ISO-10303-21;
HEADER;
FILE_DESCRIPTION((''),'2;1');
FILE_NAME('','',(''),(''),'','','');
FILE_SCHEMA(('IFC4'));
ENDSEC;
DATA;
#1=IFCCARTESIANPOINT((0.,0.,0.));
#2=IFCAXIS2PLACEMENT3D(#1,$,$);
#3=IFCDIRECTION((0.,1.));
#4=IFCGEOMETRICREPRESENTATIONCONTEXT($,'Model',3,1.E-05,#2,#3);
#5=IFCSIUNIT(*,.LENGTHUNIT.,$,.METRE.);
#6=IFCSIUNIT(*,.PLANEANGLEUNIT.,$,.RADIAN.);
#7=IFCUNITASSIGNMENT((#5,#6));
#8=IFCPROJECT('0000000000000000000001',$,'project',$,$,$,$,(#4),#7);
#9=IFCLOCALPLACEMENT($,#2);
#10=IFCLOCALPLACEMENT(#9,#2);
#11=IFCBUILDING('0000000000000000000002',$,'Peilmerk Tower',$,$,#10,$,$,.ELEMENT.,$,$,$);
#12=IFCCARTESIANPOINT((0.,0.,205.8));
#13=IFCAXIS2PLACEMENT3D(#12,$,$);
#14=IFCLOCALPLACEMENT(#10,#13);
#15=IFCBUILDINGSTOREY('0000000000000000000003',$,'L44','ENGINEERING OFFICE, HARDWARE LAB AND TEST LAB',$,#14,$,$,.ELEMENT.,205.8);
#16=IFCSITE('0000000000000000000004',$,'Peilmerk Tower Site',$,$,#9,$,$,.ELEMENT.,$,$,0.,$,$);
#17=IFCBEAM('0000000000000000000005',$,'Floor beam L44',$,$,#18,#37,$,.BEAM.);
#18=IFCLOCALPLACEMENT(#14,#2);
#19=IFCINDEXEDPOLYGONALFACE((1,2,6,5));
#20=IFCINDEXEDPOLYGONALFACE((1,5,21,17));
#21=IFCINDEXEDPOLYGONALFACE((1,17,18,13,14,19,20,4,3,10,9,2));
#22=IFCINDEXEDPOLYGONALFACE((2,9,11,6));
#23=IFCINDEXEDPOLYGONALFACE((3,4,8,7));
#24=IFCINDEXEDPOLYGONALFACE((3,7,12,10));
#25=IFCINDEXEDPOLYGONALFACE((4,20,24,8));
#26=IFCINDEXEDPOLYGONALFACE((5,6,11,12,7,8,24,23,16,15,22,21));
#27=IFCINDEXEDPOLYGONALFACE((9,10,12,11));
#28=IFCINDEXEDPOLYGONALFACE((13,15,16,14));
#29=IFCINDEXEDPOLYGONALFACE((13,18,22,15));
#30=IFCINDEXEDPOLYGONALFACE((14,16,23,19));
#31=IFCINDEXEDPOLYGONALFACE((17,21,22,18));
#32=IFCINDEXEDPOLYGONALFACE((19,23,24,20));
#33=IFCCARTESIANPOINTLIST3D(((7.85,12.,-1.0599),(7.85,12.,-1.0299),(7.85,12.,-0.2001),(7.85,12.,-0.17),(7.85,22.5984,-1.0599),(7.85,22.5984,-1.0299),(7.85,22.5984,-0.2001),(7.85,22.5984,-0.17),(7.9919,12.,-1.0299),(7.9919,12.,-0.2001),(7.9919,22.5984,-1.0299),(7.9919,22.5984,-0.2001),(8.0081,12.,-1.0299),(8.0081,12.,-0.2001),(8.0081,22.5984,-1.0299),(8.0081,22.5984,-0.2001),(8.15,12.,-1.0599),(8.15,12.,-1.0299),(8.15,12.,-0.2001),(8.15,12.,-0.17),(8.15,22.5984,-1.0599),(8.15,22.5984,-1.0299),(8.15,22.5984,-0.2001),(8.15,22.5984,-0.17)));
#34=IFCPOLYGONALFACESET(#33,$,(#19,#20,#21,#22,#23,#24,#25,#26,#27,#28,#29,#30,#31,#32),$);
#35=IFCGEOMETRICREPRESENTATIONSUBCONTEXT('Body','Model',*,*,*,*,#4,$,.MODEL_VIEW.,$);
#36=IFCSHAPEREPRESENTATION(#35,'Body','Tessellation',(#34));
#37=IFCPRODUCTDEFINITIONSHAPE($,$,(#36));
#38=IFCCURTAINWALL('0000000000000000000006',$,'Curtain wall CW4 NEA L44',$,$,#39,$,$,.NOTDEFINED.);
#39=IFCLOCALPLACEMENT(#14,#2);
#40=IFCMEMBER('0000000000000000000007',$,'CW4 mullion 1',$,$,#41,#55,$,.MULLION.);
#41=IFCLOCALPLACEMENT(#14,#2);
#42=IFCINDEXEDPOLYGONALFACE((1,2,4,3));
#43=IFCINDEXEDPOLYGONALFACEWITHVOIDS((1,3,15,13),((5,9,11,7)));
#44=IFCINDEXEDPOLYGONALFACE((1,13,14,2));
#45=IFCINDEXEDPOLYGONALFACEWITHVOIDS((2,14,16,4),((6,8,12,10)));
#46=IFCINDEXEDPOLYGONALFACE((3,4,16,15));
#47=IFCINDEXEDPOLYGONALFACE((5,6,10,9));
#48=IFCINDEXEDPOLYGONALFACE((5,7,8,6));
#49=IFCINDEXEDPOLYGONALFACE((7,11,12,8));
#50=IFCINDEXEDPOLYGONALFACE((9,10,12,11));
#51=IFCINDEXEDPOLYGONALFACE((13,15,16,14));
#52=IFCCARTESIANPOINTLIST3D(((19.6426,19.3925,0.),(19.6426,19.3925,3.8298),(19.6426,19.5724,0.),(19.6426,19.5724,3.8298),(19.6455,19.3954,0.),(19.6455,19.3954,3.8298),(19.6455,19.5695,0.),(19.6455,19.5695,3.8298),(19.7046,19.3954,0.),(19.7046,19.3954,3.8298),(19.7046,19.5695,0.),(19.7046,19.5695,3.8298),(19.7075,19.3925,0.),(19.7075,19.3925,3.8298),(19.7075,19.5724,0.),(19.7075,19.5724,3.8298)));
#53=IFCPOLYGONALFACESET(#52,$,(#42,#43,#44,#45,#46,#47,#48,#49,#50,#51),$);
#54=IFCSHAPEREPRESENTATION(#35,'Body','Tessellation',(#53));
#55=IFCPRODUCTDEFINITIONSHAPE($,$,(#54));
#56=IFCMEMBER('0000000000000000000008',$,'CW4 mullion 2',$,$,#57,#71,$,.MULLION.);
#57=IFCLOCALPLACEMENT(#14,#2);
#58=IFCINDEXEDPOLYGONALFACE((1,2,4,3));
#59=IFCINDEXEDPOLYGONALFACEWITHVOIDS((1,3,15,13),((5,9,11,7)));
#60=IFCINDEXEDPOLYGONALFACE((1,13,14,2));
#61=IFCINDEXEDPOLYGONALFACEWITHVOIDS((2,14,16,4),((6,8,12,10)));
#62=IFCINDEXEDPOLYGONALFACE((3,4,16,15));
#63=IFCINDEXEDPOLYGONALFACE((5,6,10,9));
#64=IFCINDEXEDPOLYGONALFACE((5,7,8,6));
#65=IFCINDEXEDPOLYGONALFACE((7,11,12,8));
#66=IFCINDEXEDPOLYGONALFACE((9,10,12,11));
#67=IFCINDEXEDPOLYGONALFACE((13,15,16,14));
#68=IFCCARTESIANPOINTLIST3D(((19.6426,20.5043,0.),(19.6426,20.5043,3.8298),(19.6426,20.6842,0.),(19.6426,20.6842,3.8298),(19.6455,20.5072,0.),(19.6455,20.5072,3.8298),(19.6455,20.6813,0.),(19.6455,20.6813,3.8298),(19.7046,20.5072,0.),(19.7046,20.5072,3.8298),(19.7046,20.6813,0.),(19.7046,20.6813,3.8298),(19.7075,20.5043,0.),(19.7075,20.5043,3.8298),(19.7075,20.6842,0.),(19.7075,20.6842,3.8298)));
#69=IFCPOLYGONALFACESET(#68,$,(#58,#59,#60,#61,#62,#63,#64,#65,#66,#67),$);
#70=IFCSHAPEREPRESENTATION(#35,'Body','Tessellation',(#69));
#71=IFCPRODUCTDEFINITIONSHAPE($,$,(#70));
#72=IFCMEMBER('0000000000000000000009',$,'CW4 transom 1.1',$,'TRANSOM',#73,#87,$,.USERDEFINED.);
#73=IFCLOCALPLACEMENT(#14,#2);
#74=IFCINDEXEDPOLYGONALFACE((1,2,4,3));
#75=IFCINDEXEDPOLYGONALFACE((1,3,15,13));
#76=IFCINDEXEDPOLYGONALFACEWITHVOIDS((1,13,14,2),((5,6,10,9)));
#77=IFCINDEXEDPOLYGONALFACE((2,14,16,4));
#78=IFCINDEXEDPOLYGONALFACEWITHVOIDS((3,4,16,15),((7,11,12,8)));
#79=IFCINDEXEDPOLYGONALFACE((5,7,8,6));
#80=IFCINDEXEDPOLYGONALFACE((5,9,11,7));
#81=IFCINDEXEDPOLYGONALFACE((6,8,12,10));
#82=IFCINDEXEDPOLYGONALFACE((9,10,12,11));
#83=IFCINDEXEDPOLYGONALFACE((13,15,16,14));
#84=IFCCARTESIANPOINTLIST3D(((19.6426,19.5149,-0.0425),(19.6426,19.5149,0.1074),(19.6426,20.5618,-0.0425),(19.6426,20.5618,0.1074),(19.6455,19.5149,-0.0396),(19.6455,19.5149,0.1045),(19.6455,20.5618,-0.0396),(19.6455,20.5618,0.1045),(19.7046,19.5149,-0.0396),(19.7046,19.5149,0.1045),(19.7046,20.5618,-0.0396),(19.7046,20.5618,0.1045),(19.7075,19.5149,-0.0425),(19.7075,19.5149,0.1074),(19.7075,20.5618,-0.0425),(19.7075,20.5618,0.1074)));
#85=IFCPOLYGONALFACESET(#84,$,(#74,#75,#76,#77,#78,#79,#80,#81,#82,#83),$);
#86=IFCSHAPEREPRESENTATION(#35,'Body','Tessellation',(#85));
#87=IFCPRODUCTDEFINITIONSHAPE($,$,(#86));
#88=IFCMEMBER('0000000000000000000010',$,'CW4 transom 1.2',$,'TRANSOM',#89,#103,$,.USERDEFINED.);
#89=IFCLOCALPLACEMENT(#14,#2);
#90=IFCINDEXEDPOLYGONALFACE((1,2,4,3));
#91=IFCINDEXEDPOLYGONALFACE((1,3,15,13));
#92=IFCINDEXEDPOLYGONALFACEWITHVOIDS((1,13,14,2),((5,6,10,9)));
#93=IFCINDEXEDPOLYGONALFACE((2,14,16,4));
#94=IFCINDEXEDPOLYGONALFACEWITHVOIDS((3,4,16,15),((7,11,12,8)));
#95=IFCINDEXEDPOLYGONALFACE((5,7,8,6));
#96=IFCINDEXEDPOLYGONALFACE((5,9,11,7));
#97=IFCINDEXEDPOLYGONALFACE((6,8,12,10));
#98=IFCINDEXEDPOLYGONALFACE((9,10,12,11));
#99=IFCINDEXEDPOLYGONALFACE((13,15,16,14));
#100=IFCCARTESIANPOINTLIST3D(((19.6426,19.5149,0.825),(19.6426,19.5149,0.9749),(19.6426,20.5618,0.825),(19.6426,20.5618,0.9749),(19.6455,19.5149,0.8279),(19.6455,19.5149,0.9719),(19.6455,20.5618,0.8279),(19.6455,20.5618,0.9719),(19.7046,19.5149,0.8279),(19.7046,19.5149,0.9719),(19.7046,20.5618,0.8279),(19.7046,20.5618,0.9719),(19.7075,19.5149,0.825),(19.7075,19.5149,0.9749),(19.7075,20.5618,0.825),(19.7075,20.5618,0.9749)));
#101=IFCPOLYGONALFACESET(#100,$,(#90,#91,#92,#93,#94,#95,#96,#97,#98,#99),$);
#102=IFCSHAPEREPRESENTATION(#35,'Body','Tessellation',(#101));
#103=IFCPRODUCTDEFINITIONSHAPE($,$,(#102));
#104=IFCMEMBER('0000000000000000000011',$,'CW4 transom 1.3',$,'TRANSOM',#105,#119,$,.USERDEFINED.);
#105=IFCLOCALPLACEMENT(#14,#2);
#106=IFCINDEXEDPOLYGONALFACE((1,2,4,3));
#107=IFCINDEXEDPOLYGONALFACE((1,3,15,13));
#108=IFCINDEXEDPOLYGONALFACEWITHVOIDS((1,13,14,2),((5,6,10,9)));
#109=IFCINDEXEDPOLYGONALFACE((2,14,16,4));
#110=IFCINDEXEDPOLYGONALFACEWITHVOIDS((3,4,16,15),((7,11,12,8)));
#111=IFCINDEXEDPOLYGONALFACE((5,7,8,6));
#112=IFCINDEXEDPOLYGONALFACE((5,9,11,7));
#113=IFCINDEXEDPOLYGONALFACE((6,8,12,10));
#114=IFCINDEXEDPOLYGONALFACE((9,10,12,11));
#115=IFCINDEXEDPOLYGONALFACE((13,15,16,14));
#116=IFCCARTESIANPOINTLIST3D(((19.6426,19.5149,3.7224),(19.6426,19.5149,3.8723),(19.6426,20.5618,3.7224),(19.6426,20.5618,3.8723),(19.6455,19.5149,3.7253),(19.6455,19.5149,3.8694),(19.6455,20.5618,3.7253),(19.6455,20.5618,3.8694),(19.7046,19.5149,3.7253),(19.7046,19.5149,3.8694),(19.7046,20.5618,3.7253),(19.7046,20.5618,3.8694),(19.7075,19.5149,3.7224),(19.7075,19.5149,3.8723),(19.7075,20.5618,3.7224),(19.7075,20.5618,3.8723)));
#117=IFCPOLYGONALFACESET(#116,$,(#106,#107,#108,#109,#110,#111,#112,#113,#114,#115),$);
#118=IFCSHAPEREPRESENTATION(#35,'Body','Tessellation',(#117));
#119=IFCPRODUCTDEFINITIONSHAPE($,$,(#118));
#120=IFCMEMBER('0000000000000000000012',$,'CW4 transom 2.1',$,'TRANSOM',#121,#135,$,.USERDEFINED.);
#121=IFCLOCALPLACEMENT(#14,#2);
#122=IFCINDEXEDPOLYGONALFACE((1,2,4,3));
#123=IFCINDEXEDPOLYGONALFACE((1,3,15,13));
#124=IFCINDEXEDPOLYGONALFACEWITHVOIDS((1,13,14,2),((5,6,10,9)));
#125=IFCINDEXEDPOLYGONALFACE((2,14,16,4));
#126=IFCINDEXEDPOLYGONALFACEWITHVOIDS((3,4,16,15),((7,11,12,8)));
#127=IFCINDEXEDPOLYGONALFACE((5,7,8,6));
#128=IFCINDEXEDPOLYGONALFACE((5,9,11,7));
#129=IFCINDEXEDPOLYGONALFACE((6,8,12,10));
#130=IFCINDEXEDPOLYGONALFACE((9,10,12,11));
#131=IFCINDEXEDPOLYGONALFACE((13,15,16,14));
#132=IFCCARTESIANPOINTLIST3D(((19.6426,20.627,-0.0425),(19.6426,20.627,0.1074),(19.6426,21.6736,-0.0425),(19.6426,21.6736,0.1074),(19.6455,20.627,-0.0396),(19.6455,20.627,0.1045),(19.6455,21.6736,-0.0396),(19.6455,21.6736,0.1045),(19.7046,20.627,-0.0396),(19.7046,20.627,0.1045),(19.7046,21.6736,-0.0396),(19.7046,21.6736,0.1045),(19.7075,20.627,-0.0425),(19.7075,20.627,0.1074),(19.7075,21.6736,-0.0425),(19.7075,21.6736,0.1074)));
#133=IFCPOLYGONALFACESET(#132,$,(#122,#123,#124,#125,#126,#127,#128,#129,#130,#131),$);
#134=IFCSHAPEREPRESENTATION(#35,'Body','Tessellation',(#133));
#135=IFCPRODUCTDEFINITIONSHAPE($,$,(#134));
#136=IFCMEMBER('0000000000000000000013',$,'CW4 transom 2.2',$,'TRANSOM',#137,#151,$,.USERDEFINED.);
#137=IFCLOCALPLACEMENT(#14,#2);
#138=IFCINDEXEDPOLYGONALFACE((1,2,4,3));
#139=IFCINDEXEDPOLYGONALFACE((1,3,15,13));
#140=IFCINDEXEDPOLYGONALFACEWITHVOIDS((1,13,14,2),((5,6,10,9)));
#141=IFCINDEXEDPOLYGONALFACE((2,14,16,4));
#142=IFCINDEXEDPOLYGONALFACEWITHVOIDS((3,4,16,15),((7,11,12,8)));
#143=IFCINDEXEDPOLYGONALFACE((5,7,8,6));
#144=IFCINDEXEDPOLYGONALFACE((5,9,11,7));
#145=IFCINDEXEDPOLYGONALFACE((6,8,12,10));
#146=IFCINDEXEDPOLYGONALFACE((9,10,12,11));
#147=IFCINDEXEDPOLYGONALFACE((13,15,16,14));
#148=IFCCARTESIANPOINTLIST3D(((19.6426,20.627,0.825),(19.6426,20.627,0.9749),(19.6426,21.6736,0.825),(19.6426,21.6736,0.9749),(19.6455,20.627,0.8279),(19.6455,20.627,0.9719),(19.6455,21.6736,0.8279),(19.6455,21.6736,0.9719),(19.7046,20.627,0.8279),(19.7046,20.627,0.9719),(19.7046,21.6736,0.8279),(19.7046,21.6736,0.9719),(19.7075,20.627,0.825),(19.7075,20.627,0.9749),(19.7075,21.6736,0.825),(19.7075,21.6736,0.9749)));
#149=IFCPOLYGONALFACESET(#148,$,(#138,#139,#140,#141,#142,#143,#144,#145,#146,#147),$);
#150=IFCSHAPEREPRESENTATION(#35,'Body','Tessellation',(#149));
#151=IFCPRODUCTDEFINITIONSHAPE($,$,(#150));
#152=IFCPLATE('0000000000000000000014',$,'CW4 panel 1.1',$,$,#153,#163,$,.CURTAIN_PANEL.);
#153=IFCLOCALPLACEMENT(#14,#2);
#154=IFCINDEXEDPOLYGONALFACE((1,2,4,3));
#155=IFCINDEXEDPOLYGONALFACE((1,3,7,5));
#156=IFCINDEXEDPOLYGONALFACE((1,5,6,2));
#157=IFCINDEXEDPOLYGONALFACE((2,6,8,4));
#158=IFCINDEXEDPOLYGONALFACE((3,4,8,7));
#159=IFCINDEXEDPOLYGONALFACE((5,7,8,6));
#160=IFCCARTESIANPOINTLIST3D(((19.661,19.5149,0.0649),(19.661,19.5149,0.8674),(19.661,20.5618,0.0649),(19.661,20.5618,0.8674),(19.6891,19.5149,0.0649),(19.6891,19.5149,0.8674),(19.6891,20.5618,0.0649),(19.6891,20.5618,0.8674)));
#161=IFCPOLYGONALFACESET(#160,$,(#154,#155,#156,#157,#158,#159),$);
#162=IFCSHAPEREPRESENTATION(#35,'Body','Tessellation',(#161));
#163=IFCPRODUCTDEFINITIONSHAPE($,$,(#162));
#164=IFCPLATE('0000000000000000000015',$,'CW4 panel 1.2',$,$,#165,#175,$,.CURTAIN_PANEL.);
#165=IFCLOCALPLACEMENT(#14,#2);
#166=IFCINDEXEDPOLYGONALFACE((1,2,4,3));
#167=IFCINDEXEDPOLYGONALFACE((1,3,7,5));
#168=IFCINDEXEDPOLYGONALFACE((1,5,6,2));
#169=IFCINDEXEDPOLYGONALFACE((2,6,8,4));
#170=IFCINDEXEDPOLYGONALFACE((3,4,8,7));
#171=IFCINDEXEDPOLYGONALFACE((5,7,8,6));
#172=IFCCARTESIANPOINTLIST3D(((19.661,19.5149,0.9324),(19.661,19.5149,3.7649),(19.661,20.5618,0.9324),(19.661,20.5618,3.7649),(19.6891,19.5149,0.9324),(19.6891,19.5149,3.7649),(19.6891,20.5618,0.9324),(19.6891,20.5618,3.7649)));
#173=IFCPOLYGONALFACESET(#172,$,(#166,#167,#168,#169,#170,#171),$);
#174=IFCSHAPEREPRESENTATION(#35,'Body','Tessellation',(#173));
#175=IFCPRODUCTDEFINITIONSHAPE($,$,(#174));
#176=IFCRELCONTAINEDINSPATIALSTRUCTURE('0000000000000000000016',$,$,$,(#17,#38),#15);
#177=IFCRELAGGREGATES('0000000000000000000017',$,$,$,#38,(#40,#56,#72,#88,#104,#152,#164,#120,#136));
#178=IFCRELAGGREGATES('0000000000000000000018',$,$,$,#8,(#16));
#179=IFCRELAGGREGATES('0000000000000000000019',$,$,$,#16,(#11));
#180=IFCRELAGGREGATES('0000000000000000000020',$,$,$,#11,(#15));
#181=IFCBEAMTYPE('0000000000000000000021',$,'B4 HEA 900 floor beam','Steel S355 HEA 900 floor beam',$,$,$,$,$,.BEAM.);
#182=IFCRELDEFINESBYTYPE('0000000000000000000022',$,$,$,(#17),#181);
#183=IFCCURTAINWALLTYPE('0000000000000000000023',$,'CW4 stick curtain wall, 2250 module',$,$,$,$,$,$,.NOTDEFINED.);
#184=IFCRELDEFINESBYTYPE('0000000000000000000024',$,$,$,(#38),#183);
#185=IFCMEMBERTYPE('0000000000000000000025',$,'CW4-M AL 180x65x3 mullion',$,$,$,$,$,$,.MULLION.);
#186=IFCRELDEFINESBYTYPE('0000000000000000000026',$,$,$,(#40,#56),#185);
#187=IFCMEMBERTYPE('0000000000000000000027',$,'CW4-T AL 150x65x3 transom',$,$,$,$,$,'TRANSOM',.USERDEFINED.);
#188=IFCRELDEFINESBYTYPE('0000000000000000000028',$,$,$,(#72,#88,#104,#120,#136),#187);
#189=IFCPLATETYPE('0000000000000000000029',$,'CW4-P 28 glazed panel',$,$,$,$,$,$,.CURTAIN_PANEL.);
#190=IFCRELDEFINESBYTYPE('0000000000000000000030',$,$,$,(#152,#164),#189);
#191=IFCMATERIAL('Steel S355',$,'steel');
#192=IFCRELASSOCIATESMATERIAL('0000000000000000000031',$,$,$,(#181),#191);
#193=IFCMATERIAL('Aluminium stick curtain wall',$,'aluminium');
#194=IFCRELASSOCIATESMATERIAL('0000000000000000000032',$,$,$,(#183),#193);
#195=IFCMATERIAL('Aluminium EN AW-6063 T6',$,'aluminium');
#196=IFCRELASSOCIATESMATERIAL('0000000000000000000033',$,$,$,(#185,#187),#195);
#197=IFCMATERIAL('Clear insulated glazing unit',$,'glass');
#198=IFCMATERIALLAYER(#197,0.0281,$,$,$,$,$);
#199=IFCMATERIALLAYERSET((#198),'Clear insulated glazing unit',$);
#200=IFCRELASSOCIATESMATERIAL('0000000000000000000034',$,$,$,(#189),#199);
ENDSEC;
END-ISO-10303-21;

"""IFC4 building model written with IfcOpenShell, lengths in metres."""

from ifc_helpers import new_model, si_unit, direction, frame, origin, origin_2d, place, context, subcontext, project, spatial, rectangle, hollow_rectangle, i_section, extrude, material, layer, layer_set, material_profile, profile_set, type_object, element, aggregate, save


model = new_model("IFC4")

# Units and contexts
model_context = context("Model", 3, precision=1e-05, world=origin(), true_north=direction((0.0, 1.0)))
body_context = subcontext(model_context, "Body", "Model", "MODEL_VIEW")
ifc_project = project(units=[si_unit("LENGTHUNIT", "METRE"), si_unit("PLANEANGLEUNIT", "RADIAN")], contexts=[model_context])

# Site, building, storey
site_placement = place(None, origin())
site = spatial("IfcSite", under=ifc_project, at=site_placement, Name="Peilmerk Tower Site", CompositionType="ELEMENT", RefElevation=0.0)
building_placement = place(site_placement, origin())
building = spatial("IfcBuilding", under=site, at=building_placement, Name="Peilmerk Tower", CompositionType="ELEMENT")
storey_placement = place(building_placement, frame((0.0, 0.0, 205.8)))
storey = spatial("IfcBuildingStorey", under=building, at=storey_placement, Name="L44", Description="ENGINEERING OFFICE, HARDWARE LAB AND TEST LAB", CompositionType="ELEMENT", Elevation=205.8)

# Beam
ifc_material_1 = material(Name="Steel S355", Category="steel")
ifc_material_profile_1 = material_profile(ifc_material_1, i_section(OverallWidth=0.3, OverallDepth=0.8899, WebThickness=0.0161, FlangeThickness=0.03, at=origin_2d()), Name="HEA 900")
ifc_profile_set_1 = profile_set([ifc_material_profile_1], Name="Steel S355")
beam_type_1 = type_object("IfcBeamType", Name="B4 HEA 900 floor beam", Description="Steel S355 HEA 900 floor beam", PredefinedType="BEAM", material=ifc_profile_set_1)
for number, where, z_axis, x_axis, name in (
    (1, (8.0, 12.0, -0.615), (0.0, 1.0, 0.0), (-1.0, 0.0, 0.0), "Floor beam L44"),
):
    element("IfcBeam", number, at=place(storey_placement, frame(where, z_axis=z_axis, x_axis=x_axis)), inside=storey, type_object=beam_type_1, Name=name, PredefinedType="BEAM", context=body_context, shape_type="SweptSolid", body=[
        extrude(i_section(OverallWidth=0.3, OverallDepth=0.8899, WebThickness=0.0161, FlangeThickness=0.03, at=origin_2d()), origin(), (0.0, 0.0, 1.0), 10.5984),
    ])

# Curtain wall, members, plates
ifc_material_2 = material(Name="Aluminium stick curtain wall", Category="aluminium")
curtain_wall_type = type_object("IfcCurtainWallType", Name="CW4 stick curtain wall, 2250 module", PredefinedType="NOTDEFINED", material=ifc_material_2)
curtain_wall_placement = place(storey_placement, origin())
curtain_wall = element("IfcCurtainWall", 2, at=curtain_wall_placement, inside=storey, type_object=curtain_wall_type, Name="Curtain wall CW4 NEA L44", PredefinedType="NOTDEFINED")
ifc_material_3 = material(Name="Aluminium EN AW-6063 T6", Category="aluminium")
ifc_material_profile_2 = material_profile(ifc_material_3, hollow_rectangle(XDim=0.0649, YDim=0.1799, WallThickness=0.0029, at=origin_2d()), Name="AL 180x65x3")
ifc_profile_set_2 = profile_set([ifc_material_profile_2], Name="Aluminium EN AW-6063 T6")
member_type_1 = type_object("IfcMemberType", Name="CW4-M AL 180x65x3 mullion", PredefinedType="MULLION", material=ifc_profile_set_2)
member_1_placement = place(storey_placement, frame((19.675, 19.4824, 0.0), z_axis=(0.0, 0.0, 1.0), x_axis=(-1.0, 0.0, 0.0)))
member_1 = element("IfcMember", 3, at=member_1_placement, type_object=member_type_1, Name="CW4 mullion 1", PredefinedType="MULLION", context=body_context, shape_type="SweptSolid", body=[
    extrude(hollow_rectangle(XDim=0.0649, YDim=0.1799, WallThickness=0.0029, at=origin_2d()), origin(), (0.0, 0.0, 1.0), 3.8298),
])
member_2_placement = place(storey_placement, frame((19.675, 20.5942, 0.0), z_axis=(0.0, 0.0, 1.0), x_axis=(-1.0, 0.0, 0.0)))
member_2 = element("IfcMember", 4, at=member_2_placement, type_object=member_type_1, Name="CW4 mullion 2", PredefinedType="MULLION", context=body_context, shape_type="SweptSolid", body=[
    extrude(hollow_rectangle(XDim=0.0649, YDim=0.1799, WallThickness=0.0029, at=origin_2d()), origin(), (0.0, 0.0, 1.0), 3.8298),
])
ifc_material_profile_3 = material_profile(ifc_material_3, hollow_rectangle(XDim=0.0649, YDim=0.1499, WallThickness=0.0029, at=origin_2d()), Name="AL 150x65x3")
ifc_profile_set_3 = profile_set([ifc_material_profile_3], Name="Aluminium EN AW-6063 T6")
member_type_2 = type_object("IfcMemberType", Name="CW4-T AL 150x65x3 transom", ElementType="TRANSOM", PredefinedType="USERDEFINED", material=ifc_profile_set_3)
member_3_placement = place(storey_placement, frame((19.675, 19.5149, 0.0325), z_axis=(0.0, 1.0, 0.0), x_axis=(-1.0, 0.0, 0.0)))
member_3 = element("IfcMember", 5, at=member_3_placement, type_object=member_type_2, Name="CW4 transom 1.1", ObjectType="TRANSOM", PredefinedType="USERDEFINED", context=body_context, shape_type="SweptSolid", body=[
    extrude(hollow_rectangle(XDim=0.0649, YDim=0.1499, WallThickness=0.0029, at=origin_2d()), origin(), (0.0, 0.0, 1.0), 1.0469),
])
member_4_placement = place(storey_placement, frame((19.675, 19.5149, 0.8999), z_axis=(0.0, 1.0, 0.0), x_axis=(-1.0, 0.0, 0.0)))
member_4 = element("IfcMember", 6, at=member_4_placement, type_object=member_type_2, Name="CW4 transom 1.2", ObjectType="TRANSOM", PredefinedType="USERDEFINED", context=body_context, shape_type="SweptSolid", body=[
    extrude(hollow_rectangle(XDim=0.0649, YDim=0.1499, WallThickness=0.0029, at=origin_2d()), origin(), (0.0, 0.0, 1.0), 1.0469),
])
member_5_placement = place(storey_placement, frame((19.675, 19.5149, 3.7974), z_axis=(0.0, 1.0, 0.0), x_axis=(-1.0, 0.0, 0.0)))
member_5 = element("IfcMember", 7, at=member_5_placement, type_object=member_type_2, Name="CW4 transom 1.3", ObjectType="TRANSOM", PredefinedType="USERDEFINED", context=body_context, shape_type="SweptSolid", body=[
    extrude(hollow_rectangle(XDim=0.0649, YDim=0.1499, WallThickness=0.0029, at=origin_2d()), origin(), (0.0, 0.0, 1.0), 1.0469),
])
member_6_placement = place(storey_placement, frame((19.675, 20.627, 0.0325), z_axis=(0.0, 1.0, 0.0), x_axis=(-1.0, 0.0, 0.0)))
member_6 = element("IfcMember", 8, at=member_6_placement, type_object=member_type_2, Name="CW4 transom 2.1", ObjectType="TRANSOM", PredefinedType="USERDEFINED", context=body_context, shape_type="SweptSolid", body=[
    extrude(hollow_rectangle(XDim=0.0649, YDim=0.1499, WallThickness=0.0029, at=origin_2d()), origin(), (0.0, 0.0, 1.0), 1.0466),
])
member_7_placement = place(storey_placement, frame((19.675, 20.627, 0.8999), z_axis=(0.0, 1.0, 0.0), x_axis=(-1.0, 0.0, 0.0)))
member_7 = element("IfcMember", 9, at=member_7_placement, type_object=member_type_2, Name="CW4 transom 2.2", ObjectType="TRANSOM", PredefinedType="USERDEFINED", context=body_context, shape_type="SweptSolid", body=[
    extrude(hollow_rectangle(XDim=0.0649, YDim=0.1499, WallThickness=0.0029, at=origin_2d()), origin(), (0.0, 0.0, 1.0), 1.0466),
])
ifc_material_4 = material(Name="Clear insulated glazing unit", Category="glass")
ifc_layer_1 = layer(ifc_material_4, 0.0281)
ifc_layer_set_1 = layer_set([ifc_layer_1], Name="Clear insulated glazing unit")
plate_type = type_object("IfcPlateType", Name="CW4-P 28 glazed panel", PredefinedType="CURTAIN_PANEL", material=ifc_layer_set_1)
plate_1_placement = place(storey_placement, frame((19.675, 20.0383, 0.0649), z_axis=(0.0, 0.0, 1.0), x_axis=(0.0, 1.0, 0.0)))
plate_1 = element("IfcPlate", 10, at=plate_1_placement, type_object=plate_type, Name="CW4 panel 1.1", PredefinedType="CURTAIN_PANEL", context=body_context, shape_type="SweptSolid", body=[
    extrude(rectangle(XDim=1.0469, YDim=0.0281, at=origin_2d()), origin(), (0.0, 0.0, 1.0), 0.8025),
])
plate_2_placement = place(storey_placement, frame((19.675, 20.0383, 0.9324), z_axis=(0.0, 0.0, 1.0), x_axis=(0.0, 1.0, 0.0)))
plate_2 = element("IfcPlate", 11, at=plate_2_placement, type_object=plate_type, Name="CW4 panel 1.2", PredefinedType="CURTAIN_PANEL", context=body_context, shape_type="SweptSolid", body=[
    extrude(rectangle(XDim=1.0469, YDim=0.0281, at=origin_2d()), origin(), (0.0, 0.0, 1.0), 2.8325),
])
aggregate(curtain_wall, [member_1, member_2, member_3, member_4, member_5, plate_1, plate_2, member_6, member_7])

save(model, "model.ifc")
